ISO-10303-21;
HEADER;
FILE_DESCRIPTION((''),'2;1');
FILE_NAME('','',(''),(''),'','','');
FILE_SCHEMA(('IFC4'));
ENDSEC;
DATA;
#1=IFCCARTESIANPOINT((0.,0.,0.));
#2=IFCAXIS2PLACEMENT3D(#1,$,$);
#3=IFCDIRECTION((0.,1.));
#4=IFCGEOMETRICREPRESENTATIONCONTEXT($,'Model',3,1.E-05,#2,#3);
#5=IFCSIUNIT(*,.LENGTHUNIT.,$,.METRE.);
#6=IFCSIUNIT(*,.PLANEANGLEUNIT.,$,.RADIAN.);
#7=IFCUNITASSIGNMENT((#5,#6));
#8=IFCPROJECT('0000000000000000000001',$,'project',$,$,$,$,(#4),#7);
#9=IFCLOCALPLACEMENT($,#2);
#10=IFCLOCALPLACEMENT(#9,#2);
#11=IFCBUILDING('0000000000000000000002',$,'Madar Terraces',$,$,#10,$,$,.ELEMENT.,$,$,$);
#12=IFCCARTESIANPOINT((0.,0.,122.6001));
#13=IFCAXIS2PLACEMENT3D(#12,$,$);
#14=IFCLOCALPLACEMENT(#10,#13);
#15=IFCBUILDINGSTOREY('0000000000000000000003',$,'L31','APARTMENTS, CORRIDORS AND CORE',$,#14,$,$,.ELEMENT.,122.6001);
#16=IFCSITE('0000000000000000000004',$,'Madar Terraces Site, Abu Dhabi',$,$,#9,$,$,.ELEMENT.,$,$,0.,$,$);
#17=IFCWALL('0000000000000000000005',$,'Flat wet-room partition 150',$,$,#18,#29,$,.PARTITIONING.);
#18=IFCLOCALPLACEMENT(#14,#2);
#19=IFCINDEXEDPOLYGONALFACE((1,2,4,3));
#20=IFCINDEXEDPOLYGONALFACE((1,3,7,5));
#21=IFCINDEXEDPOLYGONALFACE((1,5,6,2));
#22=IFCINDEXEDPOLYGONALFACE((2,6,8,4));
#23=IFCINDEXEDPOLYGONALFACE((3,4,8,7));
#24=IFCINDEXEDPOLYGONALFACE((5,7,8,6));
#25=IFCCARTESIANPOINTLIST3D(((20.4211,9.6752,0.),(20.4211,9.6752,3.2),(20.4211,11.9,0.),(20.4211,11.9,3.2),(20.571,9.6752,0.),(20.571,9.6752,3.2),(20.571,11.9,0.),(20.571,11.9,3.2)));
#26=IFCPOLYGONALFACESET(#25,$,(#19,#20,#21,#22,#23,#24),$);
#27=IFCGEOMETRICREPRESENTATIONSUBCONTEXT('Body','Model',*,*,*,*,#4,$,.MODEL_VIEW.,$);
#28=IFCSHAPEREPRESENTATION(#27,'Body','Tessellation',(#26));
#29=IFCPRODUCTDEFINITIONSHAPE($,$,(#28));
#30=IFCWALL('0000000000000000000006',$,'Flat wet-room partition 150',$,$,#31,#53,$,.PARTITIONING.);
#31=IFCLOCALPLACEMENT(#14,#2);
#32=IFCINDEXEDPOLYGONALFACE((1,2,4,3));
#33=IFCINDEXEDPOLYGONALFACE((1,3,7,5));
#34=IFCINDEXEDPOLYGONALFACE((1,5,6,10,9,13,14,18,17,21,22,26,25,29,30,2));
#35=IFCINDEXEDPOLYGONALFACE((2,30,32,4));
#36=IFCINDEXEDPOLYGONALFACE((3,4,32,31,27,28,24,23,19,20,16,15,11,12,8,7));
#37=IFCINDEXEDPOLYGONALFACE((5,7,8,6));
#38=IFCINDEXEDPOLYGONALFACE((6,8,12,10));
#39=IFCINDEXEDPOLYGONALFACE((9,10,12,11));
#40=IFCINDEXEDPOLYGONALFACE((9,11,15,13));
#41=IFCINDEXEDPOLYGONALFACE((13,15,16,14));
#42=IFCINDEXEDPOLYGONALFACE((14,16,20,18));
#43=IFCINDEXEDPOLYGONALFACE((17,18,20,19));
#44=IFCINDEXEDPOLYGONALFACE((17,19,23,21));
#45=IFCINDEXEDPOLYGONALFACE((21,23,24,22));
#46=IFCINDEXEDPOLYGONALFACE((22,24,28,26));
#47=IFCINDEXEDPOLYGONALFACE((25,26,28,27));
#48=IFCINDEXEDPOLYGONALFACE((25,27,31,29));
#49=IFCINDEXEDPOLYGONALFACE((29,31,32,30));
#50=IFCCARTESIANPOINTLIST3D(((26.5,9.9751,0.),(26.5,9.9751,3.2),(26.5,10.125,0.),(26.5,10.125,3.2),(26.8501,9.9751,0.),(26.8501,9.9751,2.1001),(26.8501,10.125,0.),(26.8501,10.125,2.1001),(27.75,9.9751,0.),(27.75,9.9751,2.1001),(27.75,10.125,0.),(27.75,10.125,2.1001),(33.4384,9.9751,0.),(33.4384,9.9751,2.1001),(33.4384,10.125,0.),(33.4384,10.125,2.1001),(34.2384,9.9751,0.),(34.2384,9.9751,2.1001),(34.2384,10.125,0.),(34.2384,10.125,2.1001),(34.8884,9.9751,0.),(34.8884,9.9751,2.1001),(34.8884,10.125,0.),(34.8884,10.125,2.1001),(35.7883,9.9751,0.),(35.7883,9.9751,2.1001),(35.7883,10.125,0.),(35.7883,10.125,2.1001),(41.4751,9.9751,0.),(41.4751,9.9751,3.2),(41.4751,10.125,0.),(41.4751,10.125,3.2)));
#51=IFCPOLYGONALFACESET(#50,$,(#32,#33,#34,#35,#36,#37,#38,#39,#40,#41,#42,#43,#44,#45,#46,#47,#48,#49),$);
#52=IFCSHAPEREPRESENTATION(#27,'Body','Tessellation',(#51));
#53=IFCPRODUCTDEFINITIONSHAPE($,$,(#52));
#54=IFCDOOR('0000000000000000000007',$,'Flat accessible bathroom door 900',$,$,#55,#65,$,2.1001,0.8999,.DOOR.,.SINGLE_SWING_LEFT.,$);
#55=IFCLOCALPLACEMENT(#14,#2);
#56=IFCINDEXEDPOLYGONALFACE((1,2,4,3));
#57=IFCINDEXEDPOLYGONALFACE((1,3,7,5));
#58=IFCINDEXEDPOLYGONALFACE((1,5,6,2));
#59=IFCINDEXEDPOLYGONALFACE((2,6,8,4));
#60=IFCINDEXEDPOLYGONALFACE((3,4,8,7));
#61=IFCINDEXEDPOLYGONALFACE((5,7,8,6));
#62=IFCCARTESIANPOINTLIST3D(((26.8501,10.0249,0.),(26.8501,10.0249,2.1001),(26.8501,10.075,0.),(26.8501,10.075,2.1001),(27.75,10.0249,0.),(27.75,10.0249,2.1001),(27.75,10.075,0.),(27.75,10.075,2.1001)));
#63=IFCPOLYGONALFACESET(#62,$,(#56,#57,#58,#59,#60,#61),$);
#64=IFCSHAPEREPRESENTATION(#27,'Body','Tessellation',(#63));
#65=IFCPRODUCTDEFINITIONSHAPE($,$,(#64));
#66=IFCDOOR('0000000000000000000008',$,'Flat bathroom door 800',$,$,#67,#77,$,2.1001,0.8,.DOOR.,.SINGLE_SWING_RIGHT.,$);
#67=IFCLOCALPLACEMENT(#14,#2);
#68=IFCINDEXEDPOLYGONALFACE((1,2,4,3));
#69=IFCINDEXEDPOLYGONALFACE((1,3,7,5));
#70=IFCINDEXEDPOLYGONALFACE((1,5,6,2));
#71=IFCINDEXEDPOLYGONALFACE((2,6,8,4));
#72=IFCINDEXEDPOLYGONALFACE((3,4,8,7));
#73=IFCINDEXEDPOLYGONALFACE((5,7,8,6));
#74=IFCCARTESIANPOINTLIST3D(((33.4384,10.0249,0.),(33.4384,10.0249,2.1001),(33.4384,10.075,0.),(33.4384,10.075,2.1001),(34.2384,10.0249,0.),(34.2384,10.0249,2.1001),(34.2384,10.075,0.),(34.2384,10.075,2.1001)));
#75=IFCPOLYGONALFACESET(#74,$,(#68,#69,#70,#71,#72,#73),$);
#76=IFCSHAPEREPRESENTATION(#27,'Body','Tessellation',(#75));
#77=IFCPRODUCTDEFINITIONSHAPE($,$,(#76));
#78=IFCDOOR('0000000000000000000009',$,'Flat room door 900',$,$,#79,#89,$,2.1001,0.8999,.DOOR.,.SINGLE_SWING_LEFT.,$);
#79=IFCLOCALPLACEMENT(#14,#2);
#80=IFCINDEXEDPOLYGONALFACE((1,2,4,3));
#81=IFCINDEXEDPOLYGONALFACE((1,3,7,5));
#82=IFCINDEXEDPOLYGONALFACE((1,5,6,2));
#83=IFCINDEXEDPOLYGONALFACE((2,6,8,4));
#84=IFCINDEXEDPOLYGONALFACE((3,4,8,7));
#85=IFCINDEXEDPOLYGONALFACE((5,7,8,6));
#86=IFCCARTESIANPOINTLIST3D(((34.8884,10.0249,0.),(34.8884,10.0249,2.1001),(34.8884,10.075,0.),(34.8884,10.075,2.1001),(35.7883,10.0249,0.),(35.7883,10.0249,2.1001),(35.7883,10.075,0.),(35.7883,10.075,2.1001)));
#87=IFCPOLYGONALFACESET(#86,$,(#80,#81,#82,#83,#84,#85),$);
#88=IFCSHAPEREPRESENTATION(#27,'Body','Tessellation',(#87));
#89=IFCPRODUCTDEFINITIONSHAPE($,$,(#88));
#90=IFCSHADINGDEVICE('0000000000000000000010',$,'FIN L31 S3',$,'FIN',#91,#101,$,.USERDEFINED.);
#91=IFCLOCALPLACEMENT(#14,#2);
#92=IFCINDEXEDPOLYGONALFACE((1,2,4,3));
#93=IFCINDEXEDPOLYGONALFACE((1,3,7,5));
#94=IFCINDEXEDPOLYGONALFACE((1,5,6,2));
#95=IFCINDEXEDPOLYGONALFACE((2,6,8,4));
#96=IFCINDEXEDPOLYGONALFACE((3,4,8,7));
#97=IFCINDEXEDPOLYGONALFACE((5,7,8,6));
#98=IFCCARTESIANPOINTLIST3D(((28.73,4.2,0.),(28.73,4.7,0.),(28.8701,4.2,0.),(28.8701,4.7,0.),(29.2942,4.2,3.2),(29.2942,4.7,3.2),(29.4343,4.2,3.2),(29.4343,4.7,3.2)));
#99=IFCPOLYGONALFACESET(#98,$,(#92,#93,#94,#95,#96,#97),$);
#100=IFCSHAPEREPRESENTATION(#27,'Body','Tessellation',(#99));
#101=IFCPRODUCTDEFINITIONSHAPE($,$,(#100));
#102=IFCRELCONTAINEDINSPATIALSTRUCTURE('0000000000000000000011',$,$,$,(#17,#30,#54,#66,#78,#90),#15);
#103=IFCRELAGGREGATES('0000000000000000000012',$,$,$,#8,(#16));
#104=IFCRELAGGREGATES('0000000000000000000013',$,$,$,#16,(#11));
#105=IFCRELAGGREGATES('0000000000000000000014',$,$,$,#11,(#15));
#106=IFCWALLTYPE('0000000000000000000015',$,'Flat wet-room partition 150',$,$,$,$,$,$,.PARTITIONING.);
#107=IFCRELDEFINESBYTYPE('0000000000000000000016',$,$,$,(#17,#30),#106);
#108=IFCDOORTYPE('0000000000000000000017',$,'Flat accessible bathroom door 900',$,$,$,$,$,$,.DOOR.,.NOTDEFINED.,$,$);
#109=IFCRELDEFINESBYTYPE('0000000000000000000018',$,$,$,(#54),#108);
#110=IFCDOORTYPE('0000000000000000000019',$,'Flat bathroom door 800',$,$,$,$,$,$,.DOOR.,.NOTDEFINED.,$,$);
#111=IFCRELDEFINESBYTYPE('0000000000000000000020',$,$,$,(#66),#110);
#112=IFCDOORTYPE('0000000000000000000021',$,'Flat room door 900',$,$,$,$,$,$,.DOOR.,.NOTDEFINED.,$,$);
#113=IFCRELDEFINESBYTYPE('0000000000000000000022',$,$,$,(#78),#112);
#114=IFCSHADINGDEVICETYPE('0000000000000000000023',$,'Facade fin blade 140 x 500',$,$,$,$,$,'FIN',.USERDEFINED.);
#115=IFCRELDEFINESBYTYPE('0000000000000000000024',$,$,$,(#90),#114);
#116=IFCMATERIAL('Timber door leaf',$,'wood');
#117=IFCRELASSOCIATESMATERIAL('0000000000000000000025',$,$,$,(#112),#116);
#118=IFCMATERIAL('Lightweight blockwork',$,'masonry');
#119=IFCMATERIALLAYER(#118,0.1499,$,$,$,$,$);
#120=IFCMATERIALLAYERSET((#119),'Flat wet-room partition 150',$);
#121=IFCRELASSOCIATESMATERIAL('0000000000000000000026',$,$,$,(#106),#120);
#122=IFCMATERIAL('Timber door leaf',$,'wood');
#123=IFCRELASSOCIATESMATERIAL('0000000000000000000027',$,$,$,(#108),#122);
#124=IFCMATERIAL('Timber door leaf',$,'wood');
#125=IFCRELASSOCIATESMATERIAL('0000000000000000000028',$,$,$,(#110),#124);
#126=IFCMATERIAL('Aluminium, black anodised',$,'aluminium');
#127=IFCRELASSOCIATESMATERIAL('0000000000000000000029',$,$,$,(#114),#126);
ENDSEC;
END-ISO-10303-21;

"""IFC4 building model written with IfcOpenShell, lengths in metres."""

from ifc_helpers import new_model, si_unit, direction, frame, frame_2d, origin, place, context, subcontext, project, spatial, polyline, rectangle, outline, extrude, material, layer, layer_set, type_object, element, fill, save


model = new_model("IFC4")

# Units and contexts
model_context = context("Model", 3, precision=1e-05, world=origin(), true_north=direction((0.0, 1.0)))
body_context = subcontext(model_context, "Body", "Model", "MODEL_VIEW")
ifc_project = project(units=[si_unit("LENGTHUNIT", "METRE"), si_unit("PLANEANGLEUNIT", "RADIAN")], contexts=[model_context])

# Site, building, storey
site_placement = place(None, origin())
site = spatial("IfcSite", under=ifc_project, at=site_placement, Name="Madar Terraces Site, Abu Dhabi", CompositionType="ELEMENT", RefElevation=0.0)
building_placement = place(site_placement, origin())
building = spatial("IfcBuilding", under=site, at=building_placement, Name="Madar Terraces", CompositionType="ELEMENT")
storey_placement = place(building_placement, frame((0.0, 0.0, 122.6001)))
storey = spatial("IfcBuildingStorey", under=building, at=storey_placement, Name="L31", Description="APARTMENTS, CORRIDORS AND CORE", CompositionType="ELEMENT", Elevation=122.6001)

# Shared definitions
ifc_material_1 = material(Name="Timber door leaf", Category="wood")
door_type_1 = type_object("IfcDoorType", Name="Flat room door 900", OperationType="NOTDEFINED", PredefinedType="DOOR", material=ifc_material_1)

# Wall
ifc_material_2 = material(Name="Lightweight blockwork", Category="masonry")
ifc_layer_1 = layer(ifc_material_2, 0.1499)
ifc_layer_set_1 = layer_set([ifc_layer_1], Name="Flat wet-room partition 150")
wall_type_1 = type_object("IfcWallType", Name="Flat wet-room partition 150", PredefinedType="PARTITIONING", material=ifc_layer_set_1)
wall_1_placement = place(storey_placement, frame((20.4961, 11.8999, 0.0), z_axis=(0.0, 0.0, 1.0), x_axis=(0.0, -1.0, 0.0)))
element("IfcWall", 1, at=wall_1_placement, inside=storey, type_object=wall_type_1, Name="Flat wet-room partition 150", PredefinedType="PARTITIONING", context=body_context, shape_type="SweptSolid", body=[
    extrude(rectangle(XDim=2.2249, YDim=0.1499, at=frame_2d((1.1123, 0.0))), origin(), (0.0, 0.0, 1.0), 3.2),
])

# Wall, openings, doors
wall_2_placement = place(storey_placement, frame((26.5, 10.05, 0.0), z_axis=(0.0, 0.0, 1.0), x_axis=(1.0, 0.0, 0.0)))
wall_2 = element("IfcWall", 2, at=wall_2_placement, inside=storey, type_object=wall_type_1, Name="Flat wet-room partition 150", PredefinedType="PARTITIONING", context=body_context, shape_type="SweptSolid", body=[
    extrude(rectangle(XDim=14.9751, YDim=0.1499, at=frame_2d((7.4875, 0.0))), origin(), (0.0, 0.0, 1.0), 3.2),
])
opening_1_placement = place(wall_2_placement, frame((8.3884, 0.0, 0.0)))
opening_1 = element("IfcOpeningElement", 3, at=opening_1_placement, cuts=wall_2, PredefinedType="OPENING", context=body_context, shape_type="SweptSolid", body=[
    extrude(rectangle(XDim=0.8999, YDim=2.1001, at=frame_2d((0.45, 1.05))), frame((0.0, 0.085, 0.0), z_axis=(0.0, -1.0, 0.0), x_axis=(1.0, 0.0, 0.0)), (0.0, 0.0, 1.0), 0.1699),
])
opening_2_placement = place(wall_2_placement, frame((6.9385, 0.0, 0.0)))
opening_2 = element("IfcOpeningElement", 4, at=opening_2_placement, cuts=wall_2, PredefinedType="OPENING", context=body_context, shape_type="SweptSolid", body=[
    extrude(rectangle(XDim=0.8, YDim=2.1001, at=frame_2d((0.3999, 1.05))), frame((0.0, 0.085, 0.0), z_axis=(0.0, -1.0, 0.0), x_axis=(1.0, 0.0, 0.0)), (0.0, 0.0, 1.0), 0.1699),
])
opening_3_placement = place(wall_2_placement, frame((0.3501, 0.0, 0.0)))
opening_3 = element("IfcOpeningElement", 5, at=opening_3_placement, cuts=wall_2, PredefinedType="OPENING", context=body_context, shape_type="SweptSolid", body=[
    extrude(rectangle(XDim=0.8999, YDim=2.1001, at=frame_2d((0.45, 1.05))), frame((0.0, 0.085, 0.0), z_axis=(0.0, -1.0, 0.0), x_axis=(1.0, 0.0, 0.0)), (0.0, 0.0, 1.0), 0.1699),
])
ifc_material_3 = material(Name="Timber door leaf", Category="wood")
door_type_2 = type_object("IfcDoorType", Name="Flat accessible bathroom door 900", OperationType="NOTDEFINED", PredefinedType="DOOR", material=ifc_material_3)
door_1_placement = place(opening_3_placement, origin())
door_1 = element("IfcDoor", 6, at=door_1_placement, inside=storey, type_object=door_type_2, Name="Flat accessible bathroom door 900", OperationType="SINGLE_SWING_LEFT", OverallHeight=2.1001, OverallWidth=0.8999, PredefinedType="DOOR", context=body_context, shape_type="SweptSolid", body=[
    extrude(rectangle(XDim=0.8999, YDim=2.1001, at=frame_2d((0.45, 1.05))), frame((0.0, 0.0249, 0.0), z_axis=(0.0, -1.0, 0.0), x_axis=(1.0, 0.0, 0.0)), (0.0, 0.0, 1.0), 0.05),
])
fill(opening_3, door_1)
ifc_material_4 = material(Name="Timber door leaf", Category="wood")
door_type_3 = type_object("IfcDoorType", Name="Flat bathroom door 800", OperationType="NOTDEFINED", PredefinedType="DOOR", material=ifc_material_4)
door_2_placement = place(opening_2_placement, origin())
door_2 = element("IfcDoor", 7, at=door_2_placement, inside=storey, type_object=door_type_3, Name="Flat bathroom door 800", OperationType="SINGLE_SWING_RIGHT", OverallHeight=2.1001, OverallWidth=0.8, PredefinedType="DOOR", context=body_context, shape_type="SweptSolid", body=[
    extrude(rectangle(XDim=0.8, YDim=2.1001, at=frame_2d((0.3999, 1.05))), frame((0.0, 0.0249, 0.0), z_axis=(0.0, -1.0, 0.0), x_axis=(1.0, 0.0, 0.0)), (0.0, 0.0, 1.0), 0.05),
])
fill(opening_2, door_2)
door_3_placement = place(opening_1_placement, origin())
door_3 = element("IfcDoor", 8, at=door_3_placement, inside=storey, type_object=door_type_1, Name="Flat room door 900", OperationType="SINGLE_SWING_LEFT", OverallHeight=2.1001, OverallWidth=0.8999, PredefinedType="DOOR", context=body_context, shape_type="SweptSolid", body=[
    extrude(rectangle(XDim=0.8999, YDim=2.1001, at=frame_2d((0.45, 1.05))), frame((0.0, 0.0249, 0.0), z_axis=(0.0, -1.0, 0.0), x_axis=(1.0, 0.0, 0.0)), (0.0, 0.0, 1.0), 0.05),
])
fill(opening_1, door_3)

# Shading device
ifc_material_5 = material(Name="Aluminium, black anodised", Category="aluminium")
shading_device_type = type_object("IfcShadingDeviceType", Name="Facade fin blade 140 x 500", ElementType="FIN", PredefinedType="USERDEFINED", material=ifc_material_5)
shading_device_placement = place(storey_placement, frame((28.73, 4.45, 0.0), z_axis=(0.0, 0.0, 1.0), x_axis=(1.0, 0.0, 0.0)))
element("IfcShadingDevice", 9, at=shading_device_placement, inside=storey, type_object=shading_device_type, Name="FIN L31 S3", ObjectType="FIN", PredefinedType="USERDEFINED", context=body_context, shape_type="SweptSolid", body=[
    extrude(outline(polyline([(0.0, 0.0), (0.1401, 0.0), (0.7043, 3.2), (0.5642, 3.2), (0.0, 0.0)])), frame((0.0, 0.25, 0.0), z_axis=(0.0, -1.0, 0.0), x_axis=(1.0, 0.0, 0.0)), (0.0, 0.0, 1.0), 0.5),
])

save(model, "model.ifc")
